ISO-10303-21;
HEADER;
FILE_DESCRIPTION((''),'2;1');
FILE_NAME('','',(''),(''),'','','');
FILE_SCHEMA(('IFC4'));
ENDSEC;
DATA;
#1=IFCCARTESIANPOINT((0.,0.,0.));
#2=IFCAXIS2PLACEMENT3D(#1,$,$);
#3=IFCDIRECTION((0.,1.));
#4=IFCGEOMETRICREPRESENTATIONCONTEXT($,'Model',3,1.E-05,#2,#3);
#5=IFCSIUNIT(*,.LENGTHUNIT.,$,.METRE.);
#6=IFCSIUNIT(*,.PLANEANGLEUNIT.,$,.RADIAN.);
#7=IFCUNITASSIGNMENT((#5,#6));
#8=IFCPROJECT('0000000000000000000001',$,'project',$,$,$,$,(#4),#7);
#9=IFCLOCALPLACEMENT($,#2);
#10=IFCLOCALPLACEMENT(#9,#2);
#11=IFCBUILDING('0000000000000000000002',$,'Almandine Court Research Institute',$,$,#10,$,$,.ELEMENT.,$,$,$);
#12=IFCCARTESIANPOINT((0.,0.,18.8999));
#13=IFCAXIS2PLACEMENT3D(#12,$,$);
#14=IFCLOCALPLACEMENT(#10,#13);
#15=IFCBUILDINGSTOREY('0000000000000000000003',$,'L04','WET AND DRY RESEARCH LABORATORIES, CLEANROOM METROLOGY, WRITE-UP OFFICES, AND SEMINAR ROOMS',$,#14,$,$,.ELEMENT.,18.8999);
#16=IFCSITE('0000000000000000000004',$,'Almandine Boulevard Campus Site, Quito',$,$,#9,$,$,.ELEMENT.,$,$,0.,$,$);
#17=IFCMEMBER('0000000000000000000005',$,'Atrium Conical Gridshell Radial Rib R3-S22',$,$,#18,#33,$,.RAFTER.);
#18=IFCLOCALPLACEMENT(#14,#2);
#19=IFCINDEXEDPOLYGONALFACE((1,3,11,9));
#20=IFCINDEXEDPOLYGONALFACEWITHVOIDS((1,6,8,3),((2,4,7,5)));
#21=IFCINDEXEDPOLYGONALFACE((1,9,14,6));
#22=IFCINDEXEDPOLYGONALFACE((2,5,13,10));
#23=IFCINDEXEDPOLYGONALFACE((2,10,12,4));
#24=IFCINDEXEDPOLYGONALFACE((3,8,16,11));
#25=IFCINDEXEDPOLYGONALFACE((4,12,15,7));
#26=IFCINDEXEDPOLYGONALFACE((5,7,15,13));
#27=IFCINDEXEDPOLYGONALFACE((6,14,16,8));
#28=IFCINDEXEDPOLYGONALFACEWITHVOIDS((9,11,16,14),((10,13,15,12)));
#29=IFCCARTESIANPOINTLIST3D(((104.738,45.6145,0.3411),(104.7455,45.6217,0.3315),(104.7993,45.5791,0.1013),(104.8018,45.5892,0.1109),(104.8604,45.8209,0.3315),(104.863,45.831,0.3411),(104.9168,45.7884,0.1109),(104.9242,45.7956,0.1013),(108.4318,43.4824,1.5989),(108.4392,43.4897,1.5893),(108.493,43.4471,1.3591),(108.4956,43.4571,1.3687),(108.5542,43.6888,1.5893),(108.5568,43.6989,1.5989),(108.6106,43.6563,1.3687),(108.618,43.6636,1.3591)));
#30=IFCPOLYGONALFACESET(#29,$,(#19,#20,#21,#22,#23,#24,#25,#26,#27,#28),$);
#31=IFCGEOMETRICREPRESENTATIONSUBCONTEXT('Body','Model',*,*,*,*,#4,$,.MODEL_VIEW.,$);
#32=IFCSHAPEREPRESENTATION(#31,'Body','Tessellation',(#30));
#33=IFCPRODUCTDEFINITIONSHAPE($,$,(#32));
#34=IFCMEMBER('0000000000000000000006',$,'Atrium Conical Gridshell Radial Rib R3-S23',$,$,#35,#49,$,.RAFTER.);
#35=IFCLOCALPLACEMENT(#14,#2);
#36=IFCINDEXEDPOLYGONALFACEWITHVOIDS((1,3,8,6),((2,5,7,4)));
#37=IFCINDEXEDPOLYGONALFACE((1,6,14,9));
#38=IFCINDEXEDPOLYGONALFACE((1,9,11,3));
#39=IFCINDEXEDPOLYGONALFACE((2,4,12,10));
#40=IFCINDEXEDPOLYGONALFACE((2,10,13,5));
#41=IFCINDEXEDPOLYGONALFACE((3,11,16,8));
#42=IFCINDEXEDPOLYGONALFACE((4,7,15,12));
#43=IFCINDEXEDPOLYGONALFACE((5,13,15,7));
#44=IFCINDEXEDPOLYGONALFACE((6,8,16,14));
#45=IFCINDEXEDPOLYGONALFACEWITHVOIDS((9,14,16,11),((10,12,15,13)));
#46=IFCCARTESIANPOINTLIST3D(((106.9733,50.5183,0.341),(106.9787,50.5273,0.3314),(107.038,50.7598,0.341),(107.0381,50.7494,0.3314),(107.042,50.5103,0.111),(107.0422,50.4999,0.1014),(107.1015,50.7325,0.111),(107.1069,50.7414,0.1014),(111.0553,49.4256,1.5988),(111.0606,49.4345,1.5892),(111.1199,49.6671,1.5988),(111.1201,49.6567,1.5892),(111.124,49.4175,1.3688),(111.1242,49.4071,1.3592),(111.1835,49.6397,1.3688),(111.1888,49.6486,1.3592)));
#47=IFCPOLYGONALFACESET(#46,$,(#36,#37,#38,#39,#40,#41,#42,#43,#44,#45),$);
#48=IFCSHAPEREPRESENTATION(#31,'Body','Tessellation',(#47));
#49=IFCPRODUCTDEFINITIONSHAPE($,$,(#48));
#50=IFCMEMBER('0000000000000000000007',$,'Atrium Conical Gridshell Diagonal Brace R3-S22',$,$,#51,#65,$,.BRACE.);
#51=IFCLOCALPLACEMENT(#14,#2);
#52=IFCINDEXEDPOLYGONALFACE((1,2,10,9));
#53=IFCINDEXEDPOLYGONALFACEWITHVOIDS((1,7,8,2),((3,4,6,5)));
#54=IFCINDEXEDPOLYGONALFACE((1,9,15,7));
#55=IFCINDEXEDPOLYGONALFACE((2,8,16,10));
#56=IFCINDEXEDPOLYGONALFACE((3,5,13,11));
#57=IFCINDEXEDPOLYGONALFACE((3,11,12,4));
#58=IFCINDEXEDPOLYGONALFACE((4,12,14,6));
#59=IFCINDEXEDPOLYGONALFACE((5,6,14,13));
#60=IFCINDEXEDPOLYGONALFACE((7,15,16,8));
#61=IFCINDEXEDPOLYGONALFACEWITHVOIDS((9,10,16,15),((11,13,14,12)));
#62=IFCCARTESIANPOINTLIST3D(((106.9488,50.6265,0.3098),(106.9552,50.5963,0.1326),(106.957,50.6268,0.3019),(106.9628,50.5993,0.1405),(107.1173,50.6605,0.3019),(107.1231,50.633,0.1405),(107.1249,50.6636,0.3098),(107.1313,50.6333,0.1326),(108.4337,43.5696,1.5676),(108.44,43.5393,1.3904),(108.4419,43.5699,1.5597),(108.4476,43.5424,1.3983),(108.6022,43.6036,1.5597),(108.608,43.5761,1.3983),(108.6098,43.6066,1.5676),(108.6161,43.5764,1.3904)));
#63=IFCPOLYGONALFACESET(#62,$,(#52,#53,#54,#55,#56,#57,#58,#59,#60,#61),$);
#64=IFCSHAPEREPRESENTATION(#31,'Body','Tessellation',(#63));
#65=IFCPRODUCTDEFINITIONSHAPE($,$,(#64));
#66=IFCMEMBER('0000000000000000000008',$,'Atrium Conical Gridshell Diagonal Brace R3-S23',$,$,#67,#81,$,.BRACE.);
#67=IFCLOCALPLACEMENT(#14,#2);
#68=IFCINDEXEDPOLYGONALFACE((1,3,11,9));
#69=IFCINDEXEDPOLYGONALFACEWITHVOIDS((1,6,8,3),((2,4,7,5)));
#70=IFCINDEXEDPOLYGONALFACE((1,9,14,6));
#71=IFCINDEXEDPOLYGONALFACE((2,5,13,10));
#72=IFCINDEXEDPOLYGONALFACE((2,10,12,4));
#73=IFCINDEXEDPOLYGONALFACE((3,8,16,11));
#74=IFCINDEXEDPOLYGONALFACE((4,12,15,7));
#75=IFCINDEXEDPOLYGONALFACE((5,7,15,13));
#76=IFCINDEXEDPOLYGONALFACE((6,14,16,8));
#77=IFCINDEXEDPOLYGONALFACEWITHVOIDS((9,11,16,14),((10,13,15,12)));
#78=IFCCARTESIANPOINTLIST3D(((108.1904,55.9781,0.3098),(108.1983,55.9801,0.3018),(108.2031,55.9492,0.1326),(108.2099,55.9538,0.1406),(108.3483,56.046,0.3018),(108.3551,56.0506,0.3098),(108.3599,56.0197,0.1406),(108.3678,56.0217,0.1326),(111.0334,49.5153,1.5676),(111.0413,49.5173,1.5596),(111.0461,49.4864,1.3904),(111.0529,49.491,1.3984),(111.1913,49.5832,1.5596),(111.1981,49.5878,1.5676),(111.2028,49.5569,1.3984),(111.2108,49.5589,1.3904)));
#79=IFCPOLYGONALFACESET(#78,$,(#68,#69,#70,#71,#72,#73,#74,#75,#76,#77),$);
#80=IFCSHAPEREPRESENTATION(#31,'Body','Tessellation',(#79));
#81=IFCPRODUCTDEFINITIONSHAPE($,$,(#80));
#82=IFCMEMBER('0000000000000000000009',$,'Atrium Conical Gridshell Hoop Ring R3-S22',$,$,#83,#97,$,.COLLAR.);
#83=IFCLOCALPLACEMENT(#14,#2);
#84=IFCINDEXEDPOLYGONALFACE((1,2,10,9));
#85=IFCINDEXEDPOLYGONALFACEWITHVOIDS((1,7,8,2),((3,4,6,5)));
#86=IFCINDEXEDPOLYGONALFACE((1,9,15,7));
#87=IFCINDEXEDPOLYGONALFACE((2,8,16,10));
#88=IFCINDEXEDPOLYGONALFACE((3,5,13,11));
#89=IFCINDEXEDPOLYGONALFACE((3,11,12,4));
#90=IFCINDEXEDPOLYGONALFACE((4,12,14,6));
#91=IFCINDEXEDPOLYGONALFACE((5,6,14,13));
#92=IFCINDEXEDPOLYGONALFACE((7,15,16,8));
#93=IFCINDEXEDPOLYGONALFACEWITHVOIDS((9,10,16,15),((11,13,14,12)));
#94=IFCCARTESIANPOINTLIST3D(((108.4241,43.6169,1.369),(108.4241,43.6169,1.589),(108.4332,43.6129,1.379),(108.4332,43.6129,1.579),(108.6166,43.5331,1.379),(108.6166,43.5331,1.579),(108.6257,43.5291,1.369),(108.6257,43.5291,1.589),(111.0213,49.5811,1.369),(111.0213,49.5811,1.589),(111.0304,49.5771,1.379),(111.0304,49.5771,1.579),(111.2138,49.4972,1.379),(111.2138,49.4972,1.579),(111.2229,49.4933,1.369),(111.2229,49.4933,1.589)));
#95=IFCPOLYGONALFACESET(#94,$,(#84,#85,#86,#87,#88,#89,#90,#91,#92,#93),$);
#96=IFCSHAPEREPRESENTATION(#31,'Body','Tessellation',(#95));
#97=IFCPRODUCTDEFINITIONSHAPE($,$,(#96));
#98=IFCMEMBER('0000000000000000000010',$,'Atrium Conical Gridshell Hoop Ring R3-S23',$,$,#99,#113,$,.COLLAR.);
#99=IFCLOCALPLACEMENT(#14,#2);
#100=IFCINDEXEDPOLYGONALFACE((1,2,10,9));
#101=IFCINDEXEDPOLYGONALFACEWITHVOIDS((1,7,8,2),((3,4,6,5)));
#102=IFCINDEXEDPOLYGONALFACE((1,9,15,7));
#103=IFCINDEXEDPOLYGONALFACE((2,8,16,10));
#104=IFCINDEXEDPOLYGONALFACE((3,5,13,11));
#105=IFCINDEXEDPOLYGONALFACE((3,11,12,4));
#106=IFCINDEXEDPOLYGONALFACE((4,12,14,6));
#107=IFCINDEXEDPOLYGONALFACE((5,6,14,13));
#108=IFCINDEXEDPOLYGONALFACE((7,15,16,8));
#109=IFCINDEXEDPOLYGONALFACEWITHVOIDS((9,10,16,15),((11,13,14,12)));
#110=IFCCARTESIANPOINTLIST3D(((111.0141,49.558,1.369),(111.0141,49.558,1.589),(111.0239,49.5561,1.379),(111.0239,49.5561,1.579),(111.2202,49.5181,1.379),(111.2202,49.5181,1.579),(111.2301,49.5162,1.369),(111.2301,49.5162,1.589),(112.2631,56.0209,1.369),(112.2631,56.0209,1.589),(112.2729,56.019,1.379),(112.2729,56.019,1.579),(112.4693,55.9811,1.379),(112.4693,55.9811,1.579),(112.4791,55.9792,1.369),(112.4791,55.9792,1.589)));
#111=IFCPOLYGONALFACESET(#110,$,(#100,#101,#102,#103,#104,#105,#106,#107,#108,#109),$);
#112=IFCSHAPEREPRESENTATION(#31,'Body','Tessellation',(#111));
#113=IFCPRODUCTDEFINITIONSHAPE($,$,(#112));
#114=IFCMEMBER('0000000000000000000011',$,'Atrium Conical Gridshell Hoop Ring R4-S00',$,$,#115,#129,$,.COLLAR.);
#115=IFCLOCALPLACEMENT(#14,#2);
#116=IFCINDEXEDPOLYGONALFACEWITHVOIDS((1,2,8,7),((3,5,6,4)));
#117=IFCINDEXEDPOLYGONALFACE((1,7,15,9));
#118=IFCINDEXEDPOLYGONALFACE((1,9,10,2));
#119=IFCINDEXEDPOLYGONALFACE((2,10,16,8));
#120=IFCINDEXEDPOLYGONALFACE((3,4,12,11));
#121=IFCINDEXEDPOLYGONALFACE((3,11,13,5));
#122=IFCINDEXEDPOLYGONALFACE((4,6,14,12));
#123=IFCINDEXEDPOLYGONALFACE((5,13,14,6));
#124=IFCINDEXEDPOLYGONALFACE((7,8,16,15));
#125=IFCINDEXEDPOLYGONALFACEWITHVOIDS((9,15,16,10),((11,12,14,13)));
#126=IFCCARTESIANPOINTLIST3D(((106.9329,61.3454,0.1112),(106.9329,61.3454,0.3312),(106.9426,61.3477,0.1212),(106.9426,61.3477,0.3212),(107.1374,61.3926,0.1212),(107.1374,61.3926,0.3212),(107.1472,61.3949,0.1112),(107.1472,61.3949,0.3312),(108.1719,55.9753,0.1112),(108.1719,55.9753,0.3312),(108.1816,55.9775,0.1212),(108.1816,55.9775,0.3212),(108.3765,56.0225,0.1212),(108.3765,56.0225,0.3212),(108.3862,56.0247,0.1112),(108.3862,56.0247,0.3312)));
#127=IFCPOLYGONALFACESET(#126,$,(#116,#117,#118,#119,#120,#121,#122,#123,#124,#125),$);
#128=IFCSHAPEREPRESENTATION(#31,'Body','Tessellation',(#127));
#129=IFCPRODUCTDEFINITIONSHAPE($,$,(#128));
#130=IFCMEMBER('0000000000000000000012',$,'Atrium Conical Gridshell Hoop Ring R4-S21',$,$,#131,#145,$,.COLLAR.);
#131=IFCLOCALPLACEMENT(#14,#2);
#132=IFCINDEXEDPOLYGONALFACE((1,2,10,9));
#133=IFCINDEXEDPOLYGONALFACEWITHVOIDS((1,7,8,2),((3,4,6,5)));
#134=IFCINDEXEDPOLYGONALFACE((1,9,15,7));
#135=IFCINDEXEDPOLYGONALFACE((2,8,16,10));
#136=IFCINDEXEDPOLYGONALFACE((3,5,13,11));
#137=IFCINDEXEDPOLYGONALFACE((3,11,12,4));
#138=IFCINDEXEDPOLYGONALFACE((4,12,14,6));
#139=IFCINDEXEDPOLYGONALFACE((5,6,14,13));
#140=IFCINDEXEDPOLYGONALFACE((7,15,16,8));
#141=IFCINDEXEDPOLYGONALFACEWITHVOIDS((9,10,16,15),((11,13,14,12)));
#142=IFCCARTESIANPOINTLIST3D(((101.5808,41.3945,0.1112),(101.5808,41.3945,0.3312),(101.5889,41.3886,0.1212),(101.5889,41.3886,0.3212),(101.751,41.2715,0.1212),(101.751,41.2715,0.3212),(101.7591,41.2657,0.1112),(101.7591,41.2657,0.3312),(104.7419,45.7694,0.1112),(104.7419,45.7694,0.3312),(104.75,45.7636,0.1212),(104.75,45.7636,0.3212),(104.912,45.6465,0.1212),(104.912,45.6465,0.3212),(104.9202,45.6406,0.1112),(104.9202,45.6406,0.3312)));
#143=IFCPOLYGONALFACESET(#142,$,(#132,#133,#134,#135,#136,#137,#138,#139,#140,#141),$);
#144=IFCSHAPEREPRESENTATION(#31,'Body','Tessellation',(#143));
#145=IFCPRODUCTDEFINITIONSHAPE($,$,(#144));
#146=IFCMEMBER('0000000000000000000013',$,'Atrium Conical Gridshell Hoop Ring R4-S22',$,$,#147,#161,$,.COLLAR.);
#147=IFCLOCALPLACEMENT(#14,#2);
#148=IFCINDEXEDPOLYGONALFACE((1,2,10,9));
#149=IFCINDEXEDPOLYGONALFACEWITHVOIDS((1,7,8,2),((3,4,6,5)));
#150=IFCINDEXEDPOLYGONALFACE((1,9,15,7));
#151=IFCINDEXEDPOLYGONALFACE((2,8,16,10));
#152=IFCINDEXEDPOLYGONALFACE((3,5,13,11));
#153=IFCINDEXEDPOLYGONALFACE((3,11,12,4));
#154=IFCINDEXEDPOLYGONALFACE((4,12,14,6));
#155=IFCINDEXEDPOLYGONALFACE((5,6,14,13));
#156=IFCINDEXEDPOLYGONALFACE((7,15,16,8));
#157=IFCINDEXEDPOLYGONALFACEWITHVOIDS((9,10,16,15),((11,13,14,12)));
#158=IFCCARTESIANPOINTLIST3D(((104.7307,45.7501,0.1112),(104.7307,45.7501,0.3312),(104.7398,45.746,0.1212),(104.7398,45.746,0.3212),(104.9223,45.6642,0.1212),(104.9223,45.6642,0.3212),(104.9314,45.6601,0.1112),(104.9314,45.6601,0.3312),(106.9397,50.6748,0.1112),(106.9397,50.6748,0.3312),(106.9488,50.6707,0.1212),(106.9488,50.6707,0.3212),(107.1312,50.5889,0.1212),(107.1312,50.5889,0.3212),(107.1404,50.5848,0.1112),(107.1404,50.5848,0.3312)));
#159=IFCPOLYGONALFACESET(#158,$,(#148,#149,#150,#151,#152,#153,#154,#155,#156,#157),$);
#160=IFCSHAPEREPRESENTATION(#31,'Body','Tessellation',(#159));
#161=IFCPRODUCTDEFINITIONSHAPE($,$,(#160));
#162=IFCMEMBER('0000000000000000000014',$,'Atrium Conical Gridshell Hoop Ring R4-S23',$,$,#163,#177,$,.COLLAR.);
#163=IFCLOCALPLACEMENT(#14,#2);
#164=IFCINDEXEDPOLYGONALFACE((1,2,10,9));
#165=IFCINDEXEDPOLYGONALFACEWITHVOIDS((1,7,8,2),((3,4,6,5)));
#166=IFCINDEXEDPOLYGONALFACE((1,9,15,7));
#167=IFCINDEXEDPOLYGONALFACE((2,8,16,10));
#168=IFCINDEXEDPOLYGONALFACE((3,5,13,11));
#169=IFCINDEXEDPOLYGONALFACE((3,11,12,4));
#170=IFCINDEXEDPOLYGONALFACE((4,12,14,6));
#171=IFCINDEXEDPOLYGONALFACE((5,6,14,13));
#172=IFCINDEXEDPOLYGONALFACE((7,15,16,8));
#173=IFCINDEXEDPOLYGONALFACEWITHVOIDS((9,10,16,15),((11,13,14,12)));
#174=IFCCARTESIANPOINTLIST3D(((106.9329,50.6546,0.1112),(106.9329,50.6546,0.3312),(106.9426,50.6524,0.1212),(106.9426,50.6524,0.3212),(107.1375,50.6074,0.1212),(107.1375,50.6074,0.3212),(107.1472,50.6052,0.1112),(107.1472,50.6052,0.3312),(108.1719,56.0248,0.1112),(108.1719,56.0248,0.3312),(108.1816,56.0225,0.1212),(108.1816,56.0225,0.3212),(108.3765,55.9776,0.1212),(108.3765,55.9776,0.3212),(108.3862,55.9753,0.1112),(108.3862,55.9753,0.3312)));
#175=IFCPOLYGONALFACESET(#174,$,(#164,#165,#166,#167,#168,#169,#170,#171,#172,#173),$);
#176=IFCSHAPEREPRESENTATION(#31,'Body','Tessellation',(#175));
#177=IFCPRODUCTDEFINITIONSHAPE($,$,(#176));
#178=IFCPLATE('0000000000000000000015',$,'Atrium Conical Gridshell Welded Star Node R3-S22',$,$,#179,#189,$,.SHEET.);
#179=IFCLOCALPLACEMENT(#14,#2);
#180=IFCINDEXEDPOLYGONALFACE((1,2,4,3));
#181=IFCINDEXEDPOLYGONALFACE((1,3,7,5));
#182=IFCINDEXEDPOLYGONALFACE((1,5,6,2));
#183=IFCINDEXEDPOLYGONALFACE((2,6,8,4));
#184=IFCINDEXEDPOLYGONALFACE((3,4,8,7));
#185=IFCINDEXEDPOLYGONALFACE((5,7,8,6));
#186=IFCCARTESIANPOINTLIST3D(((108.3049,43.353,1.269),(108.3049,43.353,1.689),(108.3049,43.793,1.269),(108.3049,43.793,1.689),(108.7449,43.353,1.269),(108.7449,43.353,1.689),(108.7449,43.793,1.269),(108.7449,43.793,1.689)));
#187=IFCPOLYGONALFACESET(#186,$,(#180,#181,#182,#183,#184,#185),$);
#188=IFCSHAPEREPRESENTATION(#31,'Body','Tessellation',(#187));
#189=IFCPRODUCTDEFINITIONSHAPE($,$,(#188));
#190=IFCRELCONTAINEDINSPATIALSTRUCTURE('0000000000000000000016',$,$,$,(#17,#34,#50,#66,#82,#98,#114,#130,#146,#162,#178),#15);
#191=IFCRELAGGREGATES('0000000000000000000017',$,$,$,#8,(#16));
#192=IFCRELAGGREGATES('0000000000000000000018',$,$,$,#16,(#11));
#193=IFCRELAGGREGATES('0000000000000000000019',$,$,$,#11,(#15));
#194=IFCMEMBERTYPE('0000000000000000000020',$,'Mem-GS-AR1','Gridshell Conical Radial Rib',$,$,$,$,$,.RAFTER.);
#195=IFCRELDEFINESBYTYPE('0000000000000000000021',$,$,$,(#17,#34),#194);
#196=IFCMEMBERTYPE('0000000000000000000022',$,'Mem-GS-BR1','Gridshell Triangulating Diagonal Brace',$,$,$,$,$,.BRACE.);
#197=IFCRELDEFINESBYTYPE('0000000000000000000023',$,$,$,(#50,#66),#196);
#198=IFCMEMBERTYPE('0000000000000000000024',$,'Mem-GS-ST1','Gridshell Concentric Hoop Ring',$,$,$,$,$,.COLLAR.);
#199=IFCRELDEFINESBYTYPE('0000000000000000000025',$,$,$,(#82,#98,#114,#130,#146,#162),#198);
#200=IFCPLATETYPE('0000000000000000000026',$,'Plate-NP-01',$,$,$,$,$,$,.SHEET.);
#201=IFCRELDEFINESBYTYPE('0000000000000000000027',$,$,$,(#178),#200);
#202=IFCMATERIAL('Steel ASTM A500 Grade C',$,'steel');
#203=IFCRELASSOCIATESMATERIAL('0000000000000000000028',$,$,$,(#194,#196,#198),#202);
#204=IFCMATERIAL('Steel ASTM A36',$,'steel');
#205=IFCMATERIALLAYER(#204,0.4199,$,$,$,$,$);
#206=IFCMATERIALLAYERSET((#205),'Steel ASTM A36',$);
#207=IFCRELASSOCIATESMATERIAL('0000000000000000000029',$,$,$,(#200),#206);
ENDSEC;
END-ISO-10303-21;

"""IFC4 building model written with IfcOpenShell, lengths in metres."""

from ifc_helpers import new_model, si_unit, direction, frame, origin, origin_2d, place, context, subcontext, project, spatial, rectangle, hollow_rectangle, extrude, material, layer, layer_set, material_profile, profile_set, type_object, element, save


model = new_model("IFC4")

# Units and contexts
model_context = context("Model", 3, precision=1e-05, world=origin(), true_north=direction((0.0, 1.0)))
body_context = subcontext(model_context, "Body", "Model", "MODEL_VIEW")
ifc_project = project(units=[si_unit("LENGTHUNIT", "METRE"), si_unit("PLANEANGLEUNIT", "RADIAN")], contexts=[model_context])

# Site, building, storey
site_placement = place(None, origin())
site = spatial("IfcSite", under=ifc_project, at=site_placement, Name="Almandine Boulevard Campus Site, Quito", CompositionType="ELEMENT", RefElevation=0.0)
building_placement = place(site_placement, origin())
building = spatial("IfcBuilding", under=site, at=building_placement, Name="Almandine Court Research Institute", CompositionType="ELEMENT")
storey_placement = place(building_placement, frame((0.0, 0.0, 18.8999)))
storey = spatial("IfcBuildingStorey", under=building, at=storey_placement, Name="L04", Description="WET AND DRY RESEARCH LABORATORIES, CLEANROOM METROLOGY, WRITE-UP OFFICES, AND SEMINAR ROOMS", CompositionType="ELEMENT", Elevation=18.8999)

# Members
ifc_material_1 = material(Name="Steel ASTM A500 Grade C", Category="steel")
ifc_material_profile_1 = material_profile(ifc_material_1, hollow_rectangle(XDim=0.25, YDim=0.25, WallThickness=0.01, at=origin_2d()), Name="HSS 250x250x10")
ifc_profile_set_1 = profile_set([ifc_material_profile_1], Name="Steel ASTM A500 Grade C")
member_type_1 = type_object("IfcMemberType", Name="Mem-GS-AR1", Description="Gridshell Conical Radial Rib", PredefinedType="RAFTER", material=ifc_profile_set_1)
member_1_placement = place(storey_placement, frame((108.5249, 43.573, 1.479), z_axis=(-0.83071, 0.479484, -0.28287), x_axis=(-0.499901, -0.866083, 0.0)))
element("IfcMember", 1, at=member_1_placement, inside=storey, type_object=member_type_1, Name="Atrium Conical Gridshell Radial Rib R3-S22", PredefinedType="RAFTER", context=body_context, shape_type="SweptSolid", body=[
    extrude(hollow_rectangle(XDim=0.25, YDim=0.25, WallThickness=0.01, at=origin_2d()), origin(), (0.0, 0.0, 1.0), 4.4465),
])
member_2_placement = place(storey_placement, frame((111.1221, 49.5371, 1.479), z_axis=(-0.925842, 0.247851, -0.285283), x_axis=(-0.258597, -0.965985, 0.0)))
element("IfcMember", 2, at=member_2_placement, inside=storey, type_object=member_type_1, Name="Atrium Conical Gridshell Radial Rib R3-S23", PredefinedType="RAFTER", context=body_context, shape_type="SweptSolid", body=[
    extrude(hollow_rectangle(XDim=0.25, YDim=0.25, WallThickness=0.01, at=origin_2d()), origin(), (0.0, 0.0, 1.0), 4.4089),
])
ifc_material_profile_2 = material_profile(ifc_material_1, hollow_rectangle(XDim=0.1799, YDim=0.1799, WallThickness=0.0081, at=origin_2d()), Name="HSS 180x180x8")
ifc_profile_set_2 = profile_set([ifc_material_profile_2], Name="Steel ASTM A500 Grade C")
member_type_2 = type_object("IfcMemberType", Name="Mem-GS-BR1", Description="Gridshell Triangulating Diagonal Brace", PredefinedType="BRACE", material=ifc_profile_set_2)
member_3_placement = place(storey_placement, frame((108.5249, 43.573, 1.479), z_axis=(-0.202842, 0.964018, -0.171826), x_axis=(-0.978572, -0.205905, 0.0)))
element("IfcMember", 3, at=member_3_placement, inside=storey, type_object=member_type_2, Name="Atrium Conical Gridshell Diagonal Brace R3-S22", PredefinedType="BRACE", context=body_context, shape_type="SweptSolid", body=[
    extrude(hollow_rectangle(XDim=0.1799, YDim=0.1799, WallThickness=0.0081, at=origin_2d()), origin(), (0.0, 0.0, 1.0), 7.3203),
])
member_4_placement = place(storey_placement, frame((111.1221, 49.5371, 1.479), z_axis=(-0.39642, 0.901161, -0.175385), x_axis=(-0.915349, -0.402661, 0.0)))
element("IfcMember", 4, at=member_4_placement, inside=storey, type_object=member_type_2, Name="Atrium Conical Gridshell Diagonal Brace R3-S23", PredefinedType="BRACE", context=body_context, shape_type="SweptSolid", body=[
    extrude(hollow_rectangle(XDim=0.1799, YDim=0.1799, WallThickness=0.0081, at=origin_2d()), origin(), (0.0, 0.0, 1.0), 7.1716),
])
ifc_material_profile_3 = material_profile(ifc_material_1, hollow_rectangle(XDim=0.22, YDim=0.22, WallThickness=0.01, at=origin_2d()), Name="HSS 220x220x10")
ifc_profile_set_3 = profile_set([ifc_material_profile_3], Name="Steel ASTM A500 Grade C")
member_type_3 = type_object("IfcMemberType", Name="Mem-GS-ST1", Description="Gridshell Concentric Hoop Ring", PredefinedType="COLLAR", material=ifc_profile_set_3)
member_5_placement = place(storey_placement, frame((108.5249, 43.573, 1.479), z_axis=(0.399253, 0.916841, 0.0), x_axis=(-0.916841, 0.399253, 0.0)))
element("IfcMember", 5, at=member_5_placement, inside=storey, type_object=member_type_3, Name="Atrium Conical Gridshell Hoop Ring R3-S22", PredefinedType="COLLAR", context=body_context, shape_type="SweptSolid", body=[
    extrude(hollow_rectangle(XDim=0.22, YDim=0.22, WallThickness=0.01, at=origin_2d()), origin(), (0.0, 0.0, 1.0), 6.5051),
])
member_6_placement = place(storey_placement, frame((111.1221, 49.5371, 1.479), z_axis=(0.18975, 0.981832, 0.0), x_axis=(-0.981832, 0.18975, 0.0)))
element("IfcMember", 6, at=member_6_placement, inside=storey, type_object=member_type_3, Name="Atrium Conical Gridshell Hoop Ring R3-S23", PredefinedType="COLLAR", context=body_context, shape_type="SweptSolid", body=[
    extrude(hollow_rectangle(XDim=0.22, YDim=0.22, WallThickness=0.01, at=origin_2d()), origin(), (0.0, 0.0, 1.0), 6.5825),
])
member_7_placement = place(storey_placement, frame((108.2791, 56.0, 0.2212), z_axis=(-0.224817, 0.974401, 0.0), x_axis=(-0.974401, -0.224817, 0.0)))
element("IfcMember", 7, at=member_7_placement, inside=storey, type_object=member_type_3, Name="Atrium Conical Gridshell Hoop Ring R4-S00", PredefinedType="COLLAR", context=body_context, shape_type="SweptSolid", body=[
    extrude(hollow_rectangle(XDim=0.22, YDim=0.22, WallThickness=0.01, at=origin_2d()), origin(), (0.0, 0.0, 1.0), 5.5112),
])
for number, where, z_axis, x_axis, name in (
    (8, (101.6699, 41.3301, 0.2212), (0.585662, 0.810555, 0.0), (-0.810555, 0.585662, 0.0), "Atrium Conical Gridshell Hoop Ring R4-S21"),
    (9, (104.8311, 45.7051, 0.2212), (0.409258, 0.912418, 0.0), (-0.912418, 0.409258, 0.0), "Atrium Conical Gridshell Hoop Ring R4-S22"),
):
    element("IfcMember", number, at=place(storey_placement, frame(where, z_axis=z_axis, x_axis=x_axis)), inside=storey, type_object=member_type_3, Name=name, PredefinedType="COLLAR", context=body_context, shape_type="SweptSolid", body=[
        extrude(hollow_rectangle(XDim=0.22, YDim=0.22, WallThickness=0.01, at=origin_2d()), origin(), (0.0, 0.0, 1.0), 5.3975),
    ])
member_8_placement = place(storey_placement, frame((107.04, 50.6299, 0.2212), z_axis=(0.224817, 0.974401, 0.0), x_axis=(-0.974401, 0.224817, 0.0)))
element("IfcMember", 10, at=member_8_placement, inside=storey, type_object=member_type_3, Name="Atrium Conical Gridshell Hoop Ring R4-S23", PredefinedType="COLLAR", context=body_context, shape_type="SweptSolid", body=[
    extrude(hollow_rectangle(XDim=0.22, YDim=0.22, WallThickness=0.01, at=origin_2d()), origin(), (0.0, 0.0, 1.0), 5.5112),
])

# Plate
ifc_material_2 = material(Name="Steel ASTM A36", Category="steel")
ifc_layer_1 = layer(ifc_material_2, 0.4199)
ifc_layer_set_1 = layer_set([ifc_layer_1], Name="Steel ASTM A36")
plate_type_1 = type_object("IfcPlateType", Name="Plate-NP-01", PredefinedType="SHEET", material=ifc_layer_set_1)
for number, where, z_axis, x_axis, name in (
    (11, (108.5249, 43.573, 1.269), (0.0, 0.0, 1.0), (1.0, 0.0, 0.0), "Atrium Conical Gridshell Welded Star Node R3-S22"),
):
    element("IfcPlate", number, at=place(storey_placement, frame(where, z_axis=z_axis, x_axis=x_axis)), inside=storey, type_object=plate_type_1, Name=name, PredefinedType="SHEET", context=body_context, shape_type="SweptSolid", body=[
        extrude(rectangle(XDim=0.4399, YDim=0.4399, at=origin_2d()), origin(), (0.0, 0.0, 1.0), 0.4199),
    ])

save(model, "model.ifc")
